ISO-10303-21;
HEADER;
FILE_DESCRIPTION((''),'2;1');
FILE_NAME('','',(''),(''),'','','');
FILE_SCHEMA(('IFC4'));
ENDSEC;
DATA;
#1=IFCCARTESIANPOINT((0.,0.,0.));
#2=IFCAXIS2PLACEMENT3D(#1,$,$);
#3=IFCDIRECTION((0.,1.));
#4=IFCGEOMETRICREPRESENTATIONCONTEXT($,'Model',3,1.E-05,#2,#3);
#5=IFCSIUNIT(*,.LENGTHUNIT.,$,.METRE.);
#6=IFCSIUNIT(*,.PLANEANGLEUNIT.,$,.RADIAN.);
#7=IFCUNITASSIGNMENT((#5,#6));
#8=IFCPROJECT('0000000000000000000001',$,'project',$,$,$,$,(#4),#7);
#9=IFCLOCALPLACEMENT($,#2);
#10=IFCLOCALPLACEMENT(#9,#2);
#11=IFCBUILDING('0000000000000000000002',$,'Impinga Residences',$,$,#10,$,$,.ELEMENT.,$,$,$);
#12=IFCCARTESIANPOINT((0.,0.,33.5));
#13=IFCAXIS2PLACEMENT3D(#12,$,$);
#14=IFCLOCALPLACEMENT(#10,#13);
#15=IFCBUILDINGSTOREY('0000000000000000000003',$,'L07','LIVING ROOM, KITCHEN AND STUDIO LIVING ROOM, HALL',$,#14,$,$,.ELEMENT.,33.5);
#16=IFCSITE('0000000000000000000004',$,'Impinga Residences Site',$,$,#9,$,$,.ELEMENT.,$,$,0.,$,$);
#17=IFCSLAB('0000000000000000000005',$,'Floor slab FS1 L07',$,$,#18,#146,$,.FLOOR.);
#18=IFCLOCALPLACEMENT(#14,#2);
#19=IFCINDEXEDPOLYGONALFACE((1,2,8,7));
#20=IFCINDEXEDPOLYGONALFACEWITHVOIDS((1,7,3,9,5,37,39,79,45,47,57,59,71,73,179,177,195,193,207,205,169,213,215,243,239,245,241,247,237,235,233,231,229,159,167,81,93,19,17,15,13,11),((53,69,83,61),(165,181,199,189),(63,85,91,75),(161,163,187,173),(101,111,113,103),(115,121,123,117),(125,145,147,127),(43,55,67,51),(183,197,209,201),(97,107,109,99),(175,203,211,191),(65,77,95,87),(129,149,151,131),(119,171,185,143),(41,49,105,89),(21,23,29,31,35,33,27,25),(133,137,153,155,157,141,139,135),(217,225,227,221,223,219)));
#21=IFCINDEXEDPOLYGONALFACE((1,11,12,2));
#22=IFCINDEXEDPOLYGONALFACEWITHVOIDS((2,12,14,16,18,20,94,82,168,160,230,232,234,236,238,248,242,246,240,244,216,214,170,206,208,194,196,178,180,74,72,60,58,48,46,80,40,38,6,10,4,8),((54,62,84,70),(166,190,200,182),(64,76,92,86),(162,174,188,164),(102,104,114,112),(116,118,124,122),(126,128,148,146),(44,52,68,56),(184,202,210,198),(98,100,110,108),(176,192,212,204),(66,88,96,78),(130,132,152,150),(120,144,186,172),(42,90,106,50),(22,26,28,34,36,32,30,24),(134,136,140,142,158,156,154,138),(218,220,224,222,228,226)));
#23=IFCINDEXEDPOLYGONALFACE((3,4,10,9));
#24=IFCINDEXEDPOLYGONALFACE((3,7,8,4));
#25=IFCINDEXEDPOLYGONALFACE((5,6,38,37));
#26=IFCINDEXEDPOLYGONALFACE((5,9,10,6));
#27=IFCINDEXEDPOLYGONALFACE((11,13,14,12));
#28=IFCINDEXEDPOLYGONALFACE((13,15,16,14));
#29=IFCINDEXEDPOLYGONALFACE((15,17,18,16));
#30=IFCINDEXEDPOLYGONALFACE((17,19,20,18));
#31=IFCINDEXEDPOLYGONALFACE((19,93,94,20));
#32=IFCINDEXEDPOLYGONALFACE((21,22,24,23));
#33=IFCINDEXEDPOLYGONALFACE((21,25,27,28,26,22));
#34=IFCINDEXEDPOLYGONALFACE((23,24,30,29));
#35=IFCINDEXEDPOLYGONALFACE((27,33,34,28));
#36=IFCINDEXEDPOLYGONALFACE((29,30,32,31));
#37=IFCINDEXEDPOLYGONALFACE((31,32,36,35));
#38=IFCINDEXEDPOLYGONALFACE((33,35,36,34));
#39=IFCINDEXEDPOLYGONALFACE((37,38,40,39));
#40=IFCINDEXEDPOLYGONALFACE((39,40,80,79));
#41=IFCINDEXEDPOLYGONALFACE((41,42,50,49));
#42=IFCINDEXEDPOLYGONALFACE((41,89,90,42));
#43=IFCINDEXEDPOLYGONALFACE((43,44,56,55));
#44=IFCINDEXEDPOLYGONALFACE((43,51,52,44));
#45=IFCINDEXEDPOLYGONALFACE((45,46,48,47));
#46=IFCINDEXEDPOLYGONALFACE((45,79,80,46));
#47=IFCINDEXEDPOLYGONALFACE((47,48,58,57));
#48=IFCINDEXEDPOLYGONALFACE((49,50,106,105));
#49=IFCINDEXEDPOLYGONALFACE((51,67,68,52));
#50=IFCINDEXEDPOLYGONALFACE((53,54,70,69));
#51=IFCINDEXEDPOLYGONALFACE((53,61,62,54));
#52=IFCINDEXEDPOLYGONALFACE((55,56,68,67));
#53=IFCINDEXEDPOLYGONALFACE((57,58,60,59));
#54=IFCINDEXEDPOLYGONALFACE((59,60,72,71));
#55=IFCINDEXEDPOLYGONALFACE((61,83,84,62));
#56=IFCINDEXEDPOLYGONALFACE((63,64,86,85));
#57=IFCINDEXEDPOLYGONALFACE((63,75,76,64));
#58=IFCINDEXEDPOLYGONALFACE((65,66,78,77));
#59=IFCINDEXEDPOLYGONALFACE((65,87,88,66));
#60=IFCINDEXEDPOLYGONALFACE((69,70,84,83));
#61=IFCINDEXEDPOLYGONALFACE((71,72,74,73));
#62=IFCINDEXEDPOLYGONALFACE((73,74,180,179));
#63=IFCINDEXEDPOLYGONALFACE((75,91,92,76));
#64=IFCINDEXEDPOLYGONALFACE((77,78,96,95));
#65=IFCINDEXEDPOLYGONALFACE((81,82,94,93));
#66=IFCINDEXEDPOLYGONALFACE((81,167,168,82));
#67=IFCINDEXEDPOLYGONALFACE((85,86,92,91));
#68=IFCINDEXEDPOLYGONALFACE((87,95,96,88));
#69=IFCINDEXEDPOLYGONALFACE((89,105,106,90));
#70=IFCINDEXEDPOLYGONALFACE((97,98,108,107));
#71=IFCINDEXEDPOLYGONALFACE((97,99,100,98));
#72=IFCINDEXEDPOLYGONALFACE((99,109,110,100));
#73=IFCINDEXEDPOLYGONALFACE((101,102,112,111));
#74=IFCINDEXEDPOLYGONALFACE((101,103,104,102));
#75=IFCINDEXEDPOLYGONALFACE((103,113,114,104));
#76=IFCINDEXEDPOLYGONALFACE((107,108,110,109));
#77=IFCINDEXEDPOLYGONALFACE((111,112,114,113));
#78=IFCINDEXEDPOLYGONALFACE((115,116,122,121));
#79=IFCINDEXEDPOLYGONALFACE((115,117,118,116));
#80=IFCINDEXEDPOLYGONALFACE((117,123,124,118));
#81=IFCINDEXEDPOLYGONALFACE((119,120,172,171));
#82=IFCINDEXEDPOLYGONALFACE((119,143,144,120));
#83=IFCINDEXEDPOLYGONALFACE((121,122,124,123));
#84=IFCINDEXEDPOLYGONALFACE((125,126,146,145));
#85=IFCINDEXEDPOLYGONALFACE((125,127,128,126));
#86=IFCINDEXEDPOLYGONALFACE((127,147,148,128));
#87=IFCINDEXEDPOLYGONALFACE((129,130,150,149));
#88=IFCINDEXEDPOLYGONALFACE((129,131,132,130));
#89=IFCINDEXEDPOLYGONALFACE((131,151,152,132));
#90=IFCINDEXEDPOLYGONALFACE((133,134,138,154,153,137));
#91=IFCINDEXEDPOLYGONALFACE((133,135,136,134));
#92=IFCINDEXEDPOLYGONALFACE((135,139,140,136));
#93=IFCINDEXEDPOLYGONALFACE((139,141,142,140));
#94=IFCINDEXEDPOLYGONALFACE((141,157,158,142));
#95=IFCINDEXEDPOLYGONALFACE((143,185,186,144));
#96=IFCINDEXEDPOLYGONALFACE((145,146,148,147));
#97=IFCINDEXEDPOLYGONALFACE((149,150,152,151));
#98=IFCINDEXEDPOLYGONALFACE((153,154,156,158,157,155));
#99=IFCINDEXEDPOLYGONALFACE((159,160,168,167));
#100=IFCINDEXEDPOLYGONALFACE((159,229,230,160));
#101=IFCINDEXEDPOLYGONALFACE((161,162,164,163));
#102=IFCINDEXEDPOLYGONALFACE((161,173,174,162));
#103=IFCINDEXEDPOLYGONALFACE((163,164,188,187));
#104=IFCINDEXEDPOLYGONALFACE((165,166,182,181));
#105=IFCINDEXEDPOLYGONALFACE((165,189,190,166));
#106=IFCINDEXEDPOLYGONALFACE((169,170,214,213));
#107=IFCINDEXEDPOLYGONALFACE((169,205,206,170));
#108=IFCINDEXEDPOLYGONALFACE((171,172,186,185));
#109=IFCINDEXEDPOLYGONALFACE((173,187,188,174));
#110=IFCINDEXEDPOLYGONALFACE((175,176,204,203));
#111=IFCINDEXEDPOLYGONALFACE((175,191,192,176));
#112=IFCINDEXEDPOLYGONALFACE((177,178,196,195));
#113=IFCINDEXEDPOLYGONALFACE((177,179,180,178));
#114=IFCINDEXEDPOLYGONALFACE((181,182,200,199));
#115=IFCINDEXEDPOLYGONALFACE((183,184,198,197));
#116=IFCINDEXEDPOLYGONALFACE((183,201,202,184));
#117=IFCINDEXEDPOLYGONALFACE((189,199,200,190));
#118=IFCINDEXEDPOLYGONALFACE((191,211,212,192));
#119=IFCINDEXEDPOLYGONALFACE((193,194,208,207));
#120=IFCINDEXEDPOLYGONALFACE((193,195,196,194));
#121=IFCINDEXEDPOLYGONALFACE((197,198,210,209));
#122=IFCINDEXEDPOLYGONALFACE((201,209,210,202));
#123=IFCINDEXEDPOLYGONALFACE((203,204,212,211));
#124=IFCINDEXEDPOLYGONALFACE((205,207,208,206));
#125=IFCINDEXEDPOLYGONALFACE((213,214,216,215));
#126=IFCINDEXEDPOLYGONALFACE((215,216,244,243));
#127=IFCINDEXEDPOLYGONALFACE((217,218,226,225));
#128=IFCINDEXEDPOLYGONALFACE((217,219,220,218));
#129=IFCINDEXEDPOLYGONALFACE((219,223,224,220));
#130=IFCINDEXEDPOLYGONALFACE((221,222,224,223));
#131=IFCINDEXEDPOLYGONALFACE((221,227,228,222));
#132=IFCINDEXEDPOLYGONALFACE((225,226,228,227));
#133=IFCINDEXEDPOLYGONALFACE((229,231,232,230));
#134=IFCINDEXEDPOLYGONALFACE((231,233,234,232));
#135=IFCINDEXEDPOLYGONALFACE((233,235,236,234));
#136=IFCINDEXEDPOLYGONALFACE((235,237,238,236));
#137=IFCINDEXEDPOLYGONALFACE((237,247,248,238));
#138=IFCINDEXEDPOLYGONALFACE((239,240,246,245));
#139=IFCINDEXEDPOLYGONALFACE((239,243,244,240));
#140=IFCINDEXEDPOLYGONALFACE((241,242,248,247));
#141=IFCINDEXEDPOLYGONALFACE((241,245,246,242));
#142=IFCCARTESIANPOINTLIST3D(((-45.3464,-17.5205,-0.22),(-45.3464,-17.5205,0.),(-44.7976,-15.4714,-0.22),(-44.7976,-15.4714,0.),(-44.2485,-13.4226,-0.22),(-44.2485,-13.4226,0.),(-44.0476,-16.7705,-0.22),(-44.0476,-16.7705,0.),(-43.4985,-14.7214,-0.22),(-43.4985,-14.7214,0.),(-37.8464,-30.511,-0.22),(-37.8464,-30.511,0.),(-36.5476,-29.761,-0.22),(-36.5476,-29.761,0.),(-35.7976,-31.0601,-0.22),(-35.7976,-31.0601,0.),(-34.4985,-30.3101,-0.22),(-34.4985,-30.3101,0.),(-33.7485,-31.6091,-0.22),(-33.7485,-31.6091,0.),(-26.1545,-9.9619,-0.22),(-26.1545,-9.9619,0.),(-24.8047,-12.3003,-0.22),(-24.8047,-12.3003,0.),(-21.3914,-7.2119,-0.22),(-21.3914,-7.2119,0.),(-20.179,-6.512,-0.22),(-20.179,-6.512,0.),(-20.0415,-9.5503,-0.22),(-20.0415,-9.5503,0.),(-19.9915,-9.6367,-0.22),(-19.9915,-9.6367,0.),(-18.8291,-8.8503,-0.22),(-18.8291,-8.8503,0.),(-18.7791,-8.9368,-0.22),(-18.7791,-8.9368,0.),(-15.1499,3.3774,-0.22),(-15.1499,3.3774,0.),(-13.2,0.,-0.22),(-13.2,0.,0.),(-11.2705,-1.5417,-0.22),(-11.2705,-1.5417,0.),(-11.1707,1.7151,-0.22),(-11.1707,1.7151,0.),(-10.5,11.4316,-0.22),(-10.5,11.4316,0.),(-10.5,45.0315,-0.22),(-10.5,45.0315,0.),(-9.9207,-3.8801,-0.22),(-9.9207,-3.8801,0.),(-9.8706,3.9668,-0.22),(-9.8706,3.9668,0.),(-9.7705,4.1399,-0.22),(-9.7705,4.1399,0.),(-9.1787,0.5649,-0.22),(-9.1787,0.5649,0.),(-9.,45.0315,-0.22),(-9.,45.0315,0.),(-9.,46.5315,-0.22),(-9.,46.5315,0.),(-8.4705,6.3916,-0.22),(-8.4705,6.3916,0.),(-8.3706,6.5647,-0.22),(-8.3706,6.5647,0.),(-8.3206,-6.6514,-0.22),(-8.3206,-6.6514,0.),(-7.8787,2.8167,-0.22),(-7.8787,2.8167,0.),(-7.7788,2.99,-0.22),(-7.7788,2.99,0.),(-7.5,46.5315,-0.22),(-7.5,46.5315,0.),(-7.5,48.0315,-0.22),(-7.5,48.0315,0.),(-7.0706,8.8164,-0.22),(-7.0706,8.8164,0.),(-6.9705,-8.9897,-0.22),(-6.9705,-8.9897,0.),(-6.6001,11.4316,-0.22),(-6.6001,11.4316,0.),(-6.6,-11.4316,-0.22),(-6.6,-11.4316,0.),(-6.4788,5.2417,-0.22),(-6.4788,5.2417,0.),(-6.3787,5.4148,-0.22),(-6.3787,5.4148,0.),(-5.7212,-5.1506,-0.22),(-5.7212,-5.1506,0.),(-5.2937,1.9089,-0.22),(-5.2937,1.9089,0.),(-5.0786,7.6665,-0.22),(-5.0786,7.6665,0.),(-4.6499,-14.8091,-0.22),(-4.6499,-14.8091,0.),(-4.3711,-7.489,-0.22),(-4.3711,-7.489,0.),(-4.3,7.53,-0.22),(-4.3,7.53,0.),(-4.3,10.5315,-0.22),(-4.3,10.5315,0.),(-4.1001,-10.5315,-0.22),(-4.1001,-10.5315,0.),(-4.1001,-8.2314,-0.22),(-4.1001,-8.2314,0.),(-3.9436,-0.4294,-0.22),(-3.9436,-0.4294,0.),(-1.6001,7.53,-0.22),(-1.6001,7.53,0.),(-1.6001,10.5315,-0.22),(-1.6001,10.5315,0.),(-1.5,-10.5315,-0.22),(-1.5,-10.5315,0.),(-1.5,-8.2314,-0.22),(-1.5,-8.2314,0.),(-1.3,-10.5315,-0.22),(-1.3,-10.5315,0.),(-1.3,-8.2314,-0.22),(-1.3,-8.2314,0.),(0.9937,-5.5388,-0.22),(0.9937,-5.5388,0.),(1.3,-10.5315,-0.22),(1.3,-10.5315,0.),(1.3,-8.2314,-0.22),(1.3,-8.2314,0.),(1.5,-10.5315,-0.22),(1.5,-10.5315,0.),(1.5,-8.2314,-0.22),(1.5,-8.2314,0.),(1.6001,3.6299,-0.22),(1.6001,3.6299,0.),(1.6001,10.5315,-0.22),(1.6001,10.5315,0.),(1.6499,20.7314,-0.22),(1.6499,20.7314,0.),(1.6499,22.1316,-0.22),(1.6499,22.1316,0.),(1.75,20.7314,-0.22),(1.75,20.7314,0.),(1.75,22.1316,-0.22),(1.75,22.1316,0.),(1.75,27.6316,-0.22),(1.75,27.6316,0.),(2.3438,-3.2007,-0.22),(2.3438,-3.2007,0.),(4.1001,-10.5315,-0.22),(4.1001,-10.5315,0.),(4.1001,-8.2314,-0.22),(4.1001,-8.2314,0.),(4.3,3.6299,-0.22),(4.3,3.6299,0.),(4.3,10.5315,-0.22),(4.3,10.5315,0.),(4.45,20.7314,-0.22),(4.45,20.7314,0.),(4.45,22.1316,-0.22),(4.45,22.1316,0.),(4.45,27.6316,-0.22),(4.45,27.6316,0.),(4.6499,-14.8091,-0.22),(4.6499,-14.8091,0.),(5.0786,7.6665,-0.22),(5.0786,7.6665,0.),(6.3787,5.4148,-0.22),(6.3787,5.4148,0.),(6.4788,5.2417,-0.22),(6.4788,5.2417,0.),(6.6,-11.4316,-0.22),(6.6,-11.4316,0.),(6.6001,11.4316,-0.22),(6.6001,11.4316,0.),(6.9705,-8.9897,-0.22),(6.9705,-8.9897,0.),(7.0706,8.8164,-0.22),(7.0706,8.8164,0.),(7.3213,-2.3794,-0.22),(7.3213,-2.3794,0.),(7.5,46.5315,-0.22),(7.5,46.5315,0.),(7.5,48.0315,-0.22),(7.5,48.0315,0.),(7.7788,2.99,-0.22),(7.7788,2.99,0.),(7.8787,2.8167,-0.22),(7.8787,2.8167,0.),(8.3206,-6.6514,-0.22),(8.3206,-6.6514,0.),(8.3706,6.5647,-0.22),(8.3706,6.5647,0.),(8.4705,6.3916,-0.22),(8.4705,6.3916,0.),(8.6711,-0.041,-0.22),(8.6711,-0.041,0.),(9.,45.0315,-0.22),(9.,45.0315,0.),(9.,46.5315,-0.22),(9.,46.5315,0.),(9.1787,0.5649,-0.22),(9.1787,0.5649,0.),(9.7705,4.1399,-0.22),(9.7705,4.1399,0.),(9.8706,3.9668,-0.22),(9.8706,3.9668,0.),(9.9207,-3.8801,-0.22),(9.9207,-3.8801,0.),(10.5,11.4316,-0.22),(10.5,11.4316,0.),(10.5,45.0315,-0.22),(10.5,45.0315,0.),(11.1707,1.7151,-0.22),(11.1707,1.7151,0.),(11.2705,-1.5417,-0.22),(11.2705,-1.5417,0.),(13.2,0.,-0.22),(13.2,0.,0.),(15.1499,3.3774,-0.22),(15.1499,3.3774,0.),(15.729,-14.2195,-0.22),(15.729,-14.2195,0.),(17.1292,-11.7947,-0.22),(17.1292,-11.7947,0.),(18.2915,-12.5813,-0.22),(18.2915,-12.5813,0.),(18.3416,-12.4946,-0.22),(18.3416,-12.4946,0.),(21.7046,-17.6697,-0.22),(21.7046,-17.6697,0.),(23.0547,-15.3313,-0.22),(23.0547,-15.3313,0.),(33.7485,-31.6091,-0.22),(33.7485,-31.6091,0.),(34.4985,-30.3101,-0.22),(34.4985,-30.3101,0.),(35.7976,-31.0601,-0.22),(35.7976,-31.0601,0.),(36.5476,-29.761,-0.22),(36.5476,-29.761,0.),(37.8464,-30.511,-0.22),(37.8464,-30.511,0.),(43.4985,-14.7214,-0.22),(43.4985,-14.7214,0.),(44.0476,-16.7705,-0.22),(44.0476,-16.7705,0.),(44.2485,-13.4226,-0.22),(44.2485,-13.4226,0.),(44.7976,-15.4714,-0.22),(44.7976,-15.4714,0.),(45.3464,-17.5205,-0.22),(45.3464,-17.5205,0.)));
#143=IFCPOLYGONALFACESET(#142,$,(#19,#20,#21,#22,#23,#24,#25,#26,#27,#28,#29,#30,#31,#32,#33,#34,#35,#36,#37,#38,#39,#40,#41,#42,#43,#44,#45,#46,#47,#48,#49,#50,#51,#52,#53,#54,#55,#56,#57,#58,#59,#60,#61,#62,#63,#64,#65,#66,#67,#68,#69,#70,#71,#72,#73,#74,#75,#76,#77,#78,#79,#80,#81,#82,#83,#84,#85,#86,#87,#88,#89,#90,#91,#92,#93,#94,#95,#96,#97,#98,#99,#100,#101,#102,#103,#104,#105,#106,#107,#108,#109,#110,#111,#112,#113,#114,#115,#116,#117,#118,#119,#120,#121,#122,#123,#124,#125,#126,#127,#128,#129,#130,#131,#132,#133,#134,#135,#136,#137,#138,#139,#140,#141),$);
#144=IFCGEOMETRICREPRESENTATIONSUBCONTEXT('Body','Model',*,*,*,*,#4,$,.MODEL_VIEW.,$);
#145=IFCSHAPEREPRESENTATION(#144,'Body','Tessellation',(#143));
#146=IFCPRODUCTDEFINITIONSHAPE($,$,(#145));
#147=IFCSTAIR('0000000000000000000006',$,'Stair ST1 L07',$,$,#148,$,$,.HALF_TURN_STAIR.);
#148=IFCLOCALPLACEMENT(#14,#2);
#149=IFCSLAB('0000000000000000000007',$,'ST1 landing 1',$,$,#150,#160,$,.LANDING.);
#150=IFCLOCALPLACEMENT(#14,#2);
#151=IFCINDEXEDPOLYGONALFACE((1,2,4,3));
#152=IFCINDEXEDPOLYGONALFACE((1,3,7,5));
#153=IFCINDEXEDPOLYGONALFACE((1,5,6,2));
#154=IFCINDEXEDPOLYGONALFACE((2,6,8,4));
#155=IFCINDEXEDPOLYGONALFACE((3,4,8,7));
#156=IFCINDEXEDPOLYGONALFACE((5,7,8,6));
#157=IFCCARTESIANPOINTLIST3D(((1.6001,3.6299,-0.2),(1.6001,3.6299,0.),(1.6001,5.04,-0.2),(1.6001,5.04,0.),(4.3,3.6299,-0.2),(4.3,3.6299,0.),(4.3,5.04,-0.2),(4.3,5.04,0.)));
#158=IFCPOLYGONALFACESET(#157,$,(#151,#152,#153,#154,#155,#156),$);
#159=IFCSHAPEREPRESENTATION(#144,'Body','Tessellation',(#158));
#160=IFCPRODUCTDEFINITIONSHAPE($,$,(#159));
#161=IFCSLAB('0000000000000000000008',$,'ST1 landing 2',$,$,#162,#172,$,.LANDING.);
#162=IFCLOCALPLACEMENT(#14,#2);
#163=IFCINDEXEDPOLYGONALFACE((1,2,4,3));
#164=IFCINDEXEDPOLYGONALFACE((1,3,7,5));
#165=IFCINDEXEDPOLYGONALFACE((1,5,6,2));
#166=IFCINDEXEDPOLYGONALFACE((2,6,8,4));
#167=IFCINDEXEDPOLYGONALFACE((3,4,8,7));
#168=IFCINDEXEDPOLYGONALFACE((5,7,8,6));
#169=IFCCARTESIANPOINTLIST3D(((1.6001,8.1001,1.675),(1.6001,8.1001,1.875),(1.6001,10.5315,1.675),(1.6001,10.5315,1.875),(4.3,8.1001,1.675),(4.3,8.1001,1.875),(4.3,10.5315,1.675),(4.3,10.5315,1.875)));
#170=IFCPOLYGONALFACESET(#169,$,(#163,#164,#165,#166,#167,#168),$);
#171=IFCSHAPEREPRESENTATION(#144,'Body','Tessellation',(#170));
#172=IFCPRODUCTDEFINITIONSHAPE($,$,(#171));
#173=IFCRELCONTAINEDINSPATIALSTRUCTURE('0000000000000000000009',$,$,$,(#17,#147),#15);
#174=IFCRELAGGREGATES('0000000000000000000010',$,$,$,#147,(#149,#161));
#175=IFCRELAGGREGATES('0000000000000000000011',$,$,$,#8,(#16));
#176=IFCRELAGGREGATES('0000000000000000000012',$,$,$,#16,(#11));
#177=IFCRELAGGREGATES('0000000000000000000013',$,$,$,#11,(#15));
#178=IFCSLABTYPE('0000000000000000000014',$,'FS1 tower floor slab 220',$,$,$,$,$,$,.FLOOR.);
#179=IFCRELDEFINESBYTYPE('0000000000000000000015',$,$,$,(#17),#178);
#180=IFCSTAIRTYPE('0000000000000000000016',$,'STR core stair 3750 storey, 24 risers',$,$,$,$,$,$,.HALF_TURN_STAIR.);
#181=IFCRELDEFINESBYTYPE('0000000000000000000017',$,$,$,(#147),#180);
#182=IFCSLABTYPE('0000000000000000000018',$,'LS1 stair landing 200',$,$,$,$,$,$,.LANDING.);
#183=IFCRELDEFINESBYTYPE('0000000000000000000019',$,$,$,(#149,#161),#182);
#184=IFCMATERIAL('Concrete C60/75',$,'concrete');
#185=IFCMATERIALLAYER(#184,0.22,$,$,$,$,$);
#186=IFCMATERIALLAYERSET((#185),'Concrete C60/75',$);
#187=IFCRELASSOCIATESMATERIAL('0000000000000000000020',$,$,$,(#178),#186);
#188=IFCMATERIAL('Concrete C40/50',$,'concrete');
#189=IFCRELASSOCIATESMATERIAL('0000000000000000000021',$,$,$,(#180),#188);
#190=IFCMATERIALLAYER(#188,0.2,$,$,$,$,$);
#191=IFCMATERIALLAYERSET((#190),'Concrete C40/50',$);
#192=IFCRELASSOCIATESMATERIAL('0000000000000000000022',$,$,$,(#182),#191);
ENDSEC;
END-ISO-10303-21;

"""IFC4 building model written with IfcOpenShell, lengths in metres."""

from ifc_helpers import new_model, si_unit, direction, frame, origin, place, context, subcontext, project, spatial, polyline, outline, extrude, material, layer, layer_set, type_object, element, aggregate, save


model = new_model("IFC4")

# Units and contexts
model_context = context("Model", 3, precision=1e-05, world=origin(), true_north=direction((0.0, 1.0)))
body_context = subcontext(model_context, "Body", "Model", "MODEL_VIEW")
ifc_project = project(units=[si_unit("LENGTHUNIT", "METRE"), si_unit("PLANEANGLEUNIT", "RADIAN")], contexts=[model_context])

# Site, building, storey
site_placement = place(None, origin())
site = spatial("IfcSite", under=ifc_project, at=site_placement, Name="Impinga Residences Site", CompositionType="ELEMENT", RefElevation=0.0)
building_placement = place(site_placement, origin())
building = spatial("IfcBuilding", under=site, at=building_placement, Name="Impinga Residences", CompositionType="ELEMENT")
storey_placement = place(building_placement, frame((0.0, 0.0, 33.5)))
storey = spatial("IfcBuildingStorey", under=building, at=storey_placement, Name="L07", Description="LIVING ROOM, KITCHEN AND STUDIO LIVING ROOM, HALL", CompositionType="ELEMENT", Elevation=33.5)

# Slab
ifc_material_1 = material(Name="Concrete C60/75", Category="concrete")
ifc_layer_1 = layer(ifc_material_1, 0.22)
ifc_layer_set_1 = layer_set([ifc_layer_1], Name="Concrete C60/75")
slab_type_1 = type_object("IfcSlabType", Name="FS1 tower floor slab 220", PredefinedType="FLOOR", material=ifc_layer_set_1)
slab_1_placement = place(storey_placement, frame((0.0, 0.0, -0.22)))
element("IfcSlab", 1, at=slab_1_placement, inside=storey, type_object=slab_type_1, Name="Floor slab FS1 L07", PredefinedType="FLOOR", context=body_context, shape_type="SweptSolid", body=[
    extrude(outline(polyline([(-34.4985, -30.3101), (-35.7976, -31.0601), (-36.5476, -29.761), (-37.8464, -30.511), (-45.3464, -17.5205), (-44.0476, -16.7705), (-44.7976, -15.4714), (-43.4985, -14.7214), (-44.2485, -13.4226), (-15.1499, 3.3774), (-13.2, 0.0), (-6.6001, 11.4316), (-10.5, 11.4316), (-10.5, 45.0315), (-9.0, 45.0315), (-9.0, 46.5315), (-7.5, 46.5315), (-7.5, 48.0315), (7.5, 48.0315), (7.5, 46.5315), (9.0, 46.5315), (9.0, 45.0315), (10.5, 45.0315), (10.5, 11.4316), (6.6001, 11.4316), (13.2, 0.0), (15.1499, 3.3774), (44.2485, -13.4226), (43.4985, -14.7214), (44.7976, -15.4714), (44.0476, -16.7705), (45.3464, -17.5205), (37.8464, -30.511), (36.5476, -29.761), (35.7976, -31.0601), (34.4985, -30.3101), (33.7485, -31.6091), (4.6499, -14.8091), (9.9001, -5.7158), (6.6001, -11.4316), (-6.6001, -11.4316), (-9.9001, -5.7158), (-4.6499, -14.8091), (-33.7485, -31.6091), (-34.4985, -30.3101)]), holes=[polyline([(-21.3914, -7.2119), (-26.1545, -9.9619), (-24.8047, -12.3003), (-20.0415, -9.5503), (-19.9915, -9.6367), (-18.7791, -8.9368), (-18.8291, -8.8503), (-18.8291, -8.8503), (-20.179, -6.512), (-21.3914, -7.2119), (-21.3914, -7.2119)]), polyline([(-1.5, -8.2314), (-4.1001, -8.2314), (-4.1001, -10.5315), (-1.5, -10.5315), (-1.5, -8.2314)]), polyline([(1.3, -8.2314), (-1.3, -8.2314), (-1.3, -10.5315), (1.3, -10.5315), (1.3, -8.2314)]), polyline([(1.5, -8.2314), (1.5, -10.5315), (4.1001, -10.5315), (4.1001, -8.2314), (1.5, -8.2314)]), polyline([(-5.7212, -5.1506), (-8.3206, -6.6514), (-6.9705, -8.9897), (-4.3711, -7.489), (-5.7212, -5.1506)]), polyline([(-3.9436, -0.4294), (-5.2937, 1.9089), (-11.2705, -1.5417), (-9.9207, -3.8801), (-3.9436, -0.4294)]), polyline([(-9.1787, 0.5649), (-7.8787, 2.8167), (-9.8706, 3.9668), (-11.1707, 1.7151), (-9.1787, 0.5649)]), polyline([(-6.4788, 5.2417), (-8.4705, 6.3916), (-9.7705, 4.1399), (-7.7788, 2.99), (-6.4788, 5.2417)]), polyline([(-6.3787, 5.4148), (-5.0786, 7.6665), (-7.0706, 8.8164), (-8.3706, 6.5647), (-6.3787, 5.4148)]), polyline([(-4.3, 7.53), (-1.6001, 7.53), (-1.6001, 10.5315), (-4.3, 10.5315), (-4.3, 7.53)]), polyline([(15.729, -14.2195), (21.7046, -17.6697), (23.0547, -15.3313), (18.2915, -12.5813), (18.3416, -12.4946), (17.1292, -11.7947), (15.729, -14.2195)]), polyline([(0.9937, -5.5388), (6.9705, -8.9897), (8.3206, -6.6514), (2.3438, -3.2007), (0.9937, -5.5388)]), polyline([(8.6711, -0.041), (7.3213, -2.3794), (9.9207, -3.8801), (11.2705, -1.5417), (8.6711, -0.041)]), polyline([(7.8787, 2.8167), (9.1787, 0.5649), (11.1707, 1.7151), (9.8706, 3.9668), (7.8787, 2.8167)]), polyline([(7.7788, 2.99), (9.7705, 4.1399), (8.4705, 6.3916), (6.4788, 5.2417), (7.7788, 2.99)]), polyline([(1.6001, 3.6299), (4.3, 3.6299), (4.3, 10.5315), (1.6001, 10.5315), (1.6001, 3.6299)]), polyline([(5.0786, 7.6665), (6.3787, 5.4148), (8.3706, 6.5647), (7.0706, 8.8164), (5.0786, 7.6665)]), polyline([(1.75, 22.1316), (1.6499, 22.1316), (1.6499, 20.7314), (1.75, 20.7314), (4.45, 20.7314), (4.45, 22.1316), (4.45, 27.6316), (1.75, 27.6316), (1.75, 22.1316)])]), origin(), (0.0, 0.0, 1.0), 0.22),
])

# Stair, slabs
ifc_material_2 = material(Name="Concrete C40/50", Category="concrete")
stair_type = type_object("IfcStairType", Name="STR core stair 3750 storey, 24 risers", PredefinedType="HALF_TURN_STAIR", material=ifc_material_2)
stair_1_placement = place(storey_placement, origin())
stair_1 = element("IfcStair", 2, at=stair_1_placement, inside=storey, type_object=stair_type, Name="Stair ST1 L07", PredefinedType="HALF_TURN_STAIR")
ifc_layer_2 = layer(ifc_material_2, 0.2)
ifc_layer_set_2 = layer_set([ifc_layer_2], Name="Concrete C40/50")
slab_type_2 = type_object("IfcSlabType", Name="LS1 stair landing 200", PredefinedType="LANDING", material=ifc_layer_set_2)
slab_2_placement = place(storey_placement, frame((0.0, 0.0, -0.2)))
slab_2 = element("IfcSlab", 3, at=slab_2_placement, type_object=slab_type_2, Name="ST1 landing 1", PredefinedType="LANDING", context=body_context, shape_type="SweptSolid", body=[
    extrude(outline(polyline([(1.6001, 3.6299), (4.3, 3.6299), (4.3, 5.04), (1.6001, 5.04), (1.6001, 3.6299)])), origin(), (0.0, 0.0, 1.0), 0.2),
])
slab_3_placement = place(storey_placement, frame((0.0, 0.0, 1.675)))
slab_3 = element("IfcSlab", 4, at=slab_3_placement, type_object=slab_type_2, Name="ST1 landing 2", PredefinedType="LANDING", context=body_context, shape_type="SweptSolid", body=[
    extrude(outline(polyline([(1.6001, 8.1001), (4.3, 8.1001), (4.3, 10.5315), (1.6001, 10.5315), (1.6001, 8.1001)])), origin(), (0.0, 0.0, 1.0), 0.2),
])
aggregate(stair_1, [slab_2, slab_3])

save(model, "model.ifc")
